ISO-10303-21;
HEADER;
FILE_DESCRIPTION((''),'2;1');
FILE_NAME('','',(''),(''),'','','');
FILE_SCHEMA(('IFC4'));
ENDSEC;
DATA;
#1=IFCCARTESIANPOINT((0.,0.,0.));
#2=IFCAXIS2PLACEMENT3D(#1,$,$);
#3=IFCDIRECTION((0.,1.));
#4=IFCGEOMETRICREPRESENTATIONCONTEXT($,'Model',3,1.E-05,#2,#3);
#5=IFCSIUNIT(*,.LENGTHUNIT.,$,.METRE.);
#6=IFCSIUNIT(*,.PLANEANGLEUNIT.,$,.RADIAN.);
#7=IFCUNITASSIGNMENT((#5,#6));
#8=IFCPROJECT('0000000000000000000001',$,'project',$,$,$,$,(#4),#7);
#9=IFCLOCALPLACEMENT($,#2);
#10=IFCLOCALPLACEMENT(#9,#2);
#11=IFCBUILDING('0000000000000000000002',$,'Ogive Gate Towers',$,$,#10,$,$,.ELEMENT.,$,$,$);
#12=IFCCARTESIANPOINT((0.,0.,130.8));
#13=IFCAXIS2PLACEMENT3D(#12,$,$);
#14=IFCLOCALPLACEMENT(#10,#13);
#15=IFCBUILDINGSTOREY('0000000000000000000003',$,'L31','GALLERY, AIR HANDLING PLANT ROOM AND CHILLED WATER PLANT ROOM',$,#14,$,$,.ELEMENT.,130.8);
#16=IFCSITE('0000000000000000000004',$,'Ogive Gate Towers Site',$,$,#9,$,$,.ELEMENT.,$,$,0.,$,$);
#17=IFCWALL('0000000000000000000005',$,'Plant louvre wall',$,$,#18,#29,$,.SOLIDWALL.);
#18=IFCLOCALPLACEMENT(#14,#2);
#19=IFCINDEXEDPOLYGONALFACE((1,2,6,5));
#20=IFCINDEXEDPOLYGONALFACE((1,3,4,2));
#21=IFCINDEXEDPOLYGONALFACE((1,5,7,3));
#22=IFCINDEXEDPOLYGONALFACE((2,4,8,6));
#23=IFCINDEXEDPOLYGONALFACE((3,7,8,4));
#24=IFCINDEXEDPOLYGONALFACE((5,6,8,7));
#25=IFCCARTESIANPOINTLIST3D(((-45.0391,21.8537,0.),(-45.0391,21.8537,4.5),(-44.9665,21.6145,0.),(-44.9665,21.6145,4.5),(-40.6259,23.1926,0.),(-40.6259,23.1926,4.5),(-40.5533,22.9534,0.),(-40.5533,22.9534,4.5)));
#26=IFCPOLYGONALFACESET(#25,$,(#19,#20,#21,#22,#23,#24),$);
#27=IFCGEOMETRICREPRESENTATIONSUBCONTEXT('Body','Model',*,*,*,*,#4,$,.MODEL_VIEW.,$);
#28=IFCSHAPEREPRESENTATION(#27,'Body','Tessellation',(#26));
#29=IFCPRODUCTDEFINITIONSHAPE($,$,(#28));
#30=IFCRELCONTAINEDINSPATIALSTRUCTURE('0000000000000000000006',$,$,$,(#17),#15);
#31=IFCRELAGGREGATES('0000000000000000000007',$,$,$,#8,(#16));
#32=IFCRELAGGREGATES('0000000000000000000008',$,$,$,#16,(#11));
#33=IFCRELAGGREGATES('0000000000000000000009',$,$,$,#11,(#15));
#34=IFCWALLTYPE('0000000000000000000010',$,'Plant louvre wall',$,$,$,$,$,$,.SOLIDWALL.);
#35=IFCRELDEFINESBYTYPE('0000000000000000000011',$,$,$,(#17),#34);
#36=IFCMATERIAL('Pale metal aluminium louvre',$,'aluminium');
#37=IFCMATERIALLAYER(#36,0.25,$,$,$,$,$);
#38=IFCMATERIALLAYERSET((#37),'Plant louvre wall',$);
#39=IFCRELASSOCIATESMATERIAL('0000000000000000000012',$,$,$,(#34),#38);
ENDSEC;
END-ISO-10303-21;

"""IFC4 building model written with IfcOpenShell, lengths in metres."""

from ifc_helpers import new_model, si_unit, direction, frame, frame_2d, origin, place, context, subcontext, project, spatial, rectangle, extrude, material, layer, layer_set, type_object, element, save


model = new_model("IFC4")

# Units and contexts
model_context = context("Model", 3, precision=1e-05, world=origin(), true_north=direction((0.0, 1.0)))
body_context = subcontext(model_context, "Body", "Model", "MODEL_VIEW")
ifc_project = project(units=[si_unit("LENGTHUNIT", "METRE"), si_unit("PLANEANGLEUNIT", "RADIAN")], contexts=[model_context])

# Site, building, storey
site_placement = place(None, origin())
site = spatial("IfcSite", under=ifc_project, at=site_placement, Name="Ogive Gate Towers Site", CompositionType="ELEMENT", RefElevation=0.0)
building_placement = place(site_placement, origin())
building = spatial("IfcBuilding", under=site, at=building_placement, Name="Ogive Gate Towers", CompositionType="ELEMENT")
storey_placement = place(building_placement, frame((0.0, 0.0, 130.8)))
storey = spatial("IfcBuildingStorey", under=building, at=storey_placement, Name="L31", Description="GALLERY, AIR HANDLING PLANT ROOM AND CHILLED WATER PLANT ROOM", CompositionType="ELEMENT", Elevation=130.8)

# Wall
ifc_material_1 = material(Name="Pale metal aluminium louvre", Category="aluminium")
ifc_layer_1 = layer(ifc_material_1, 0.25)
ifc_layer_set_1 = layer_set([ifc_layer_1], Name="Plant louvre wall")
wall_type_1 = type_object("IfcWallType", Name="Plant louvre wall", PredefinedType="SOLIDWALL", material=ifc_layer_set_1)
for number, where, z_axis, x_axis, name in (
    (1, (-40.5896, 23.073, 0.0), (0.0, 0.0, 1.0), (-0.95693, -0.290319, 0.0), "Plant louvre wall"),
):
    element("IfcWall", number, at=place(storey_placement, frame(where, z_axis=z_axis, x_axis=x_axis)), inside=storey, type_object=wall_type_1, Name=name, PredefinedType="SOLIDWALL", context=body_context, shape_type="SweptSolid", body=[
        extrude(rectangle(XDim=4.6118, YDim=0.25, at=frame_2d((2.3059, 0.0))), origin(), (0.0, 0.0, 1.0), 4.5),
    ])

save(model, "model.ifc")
